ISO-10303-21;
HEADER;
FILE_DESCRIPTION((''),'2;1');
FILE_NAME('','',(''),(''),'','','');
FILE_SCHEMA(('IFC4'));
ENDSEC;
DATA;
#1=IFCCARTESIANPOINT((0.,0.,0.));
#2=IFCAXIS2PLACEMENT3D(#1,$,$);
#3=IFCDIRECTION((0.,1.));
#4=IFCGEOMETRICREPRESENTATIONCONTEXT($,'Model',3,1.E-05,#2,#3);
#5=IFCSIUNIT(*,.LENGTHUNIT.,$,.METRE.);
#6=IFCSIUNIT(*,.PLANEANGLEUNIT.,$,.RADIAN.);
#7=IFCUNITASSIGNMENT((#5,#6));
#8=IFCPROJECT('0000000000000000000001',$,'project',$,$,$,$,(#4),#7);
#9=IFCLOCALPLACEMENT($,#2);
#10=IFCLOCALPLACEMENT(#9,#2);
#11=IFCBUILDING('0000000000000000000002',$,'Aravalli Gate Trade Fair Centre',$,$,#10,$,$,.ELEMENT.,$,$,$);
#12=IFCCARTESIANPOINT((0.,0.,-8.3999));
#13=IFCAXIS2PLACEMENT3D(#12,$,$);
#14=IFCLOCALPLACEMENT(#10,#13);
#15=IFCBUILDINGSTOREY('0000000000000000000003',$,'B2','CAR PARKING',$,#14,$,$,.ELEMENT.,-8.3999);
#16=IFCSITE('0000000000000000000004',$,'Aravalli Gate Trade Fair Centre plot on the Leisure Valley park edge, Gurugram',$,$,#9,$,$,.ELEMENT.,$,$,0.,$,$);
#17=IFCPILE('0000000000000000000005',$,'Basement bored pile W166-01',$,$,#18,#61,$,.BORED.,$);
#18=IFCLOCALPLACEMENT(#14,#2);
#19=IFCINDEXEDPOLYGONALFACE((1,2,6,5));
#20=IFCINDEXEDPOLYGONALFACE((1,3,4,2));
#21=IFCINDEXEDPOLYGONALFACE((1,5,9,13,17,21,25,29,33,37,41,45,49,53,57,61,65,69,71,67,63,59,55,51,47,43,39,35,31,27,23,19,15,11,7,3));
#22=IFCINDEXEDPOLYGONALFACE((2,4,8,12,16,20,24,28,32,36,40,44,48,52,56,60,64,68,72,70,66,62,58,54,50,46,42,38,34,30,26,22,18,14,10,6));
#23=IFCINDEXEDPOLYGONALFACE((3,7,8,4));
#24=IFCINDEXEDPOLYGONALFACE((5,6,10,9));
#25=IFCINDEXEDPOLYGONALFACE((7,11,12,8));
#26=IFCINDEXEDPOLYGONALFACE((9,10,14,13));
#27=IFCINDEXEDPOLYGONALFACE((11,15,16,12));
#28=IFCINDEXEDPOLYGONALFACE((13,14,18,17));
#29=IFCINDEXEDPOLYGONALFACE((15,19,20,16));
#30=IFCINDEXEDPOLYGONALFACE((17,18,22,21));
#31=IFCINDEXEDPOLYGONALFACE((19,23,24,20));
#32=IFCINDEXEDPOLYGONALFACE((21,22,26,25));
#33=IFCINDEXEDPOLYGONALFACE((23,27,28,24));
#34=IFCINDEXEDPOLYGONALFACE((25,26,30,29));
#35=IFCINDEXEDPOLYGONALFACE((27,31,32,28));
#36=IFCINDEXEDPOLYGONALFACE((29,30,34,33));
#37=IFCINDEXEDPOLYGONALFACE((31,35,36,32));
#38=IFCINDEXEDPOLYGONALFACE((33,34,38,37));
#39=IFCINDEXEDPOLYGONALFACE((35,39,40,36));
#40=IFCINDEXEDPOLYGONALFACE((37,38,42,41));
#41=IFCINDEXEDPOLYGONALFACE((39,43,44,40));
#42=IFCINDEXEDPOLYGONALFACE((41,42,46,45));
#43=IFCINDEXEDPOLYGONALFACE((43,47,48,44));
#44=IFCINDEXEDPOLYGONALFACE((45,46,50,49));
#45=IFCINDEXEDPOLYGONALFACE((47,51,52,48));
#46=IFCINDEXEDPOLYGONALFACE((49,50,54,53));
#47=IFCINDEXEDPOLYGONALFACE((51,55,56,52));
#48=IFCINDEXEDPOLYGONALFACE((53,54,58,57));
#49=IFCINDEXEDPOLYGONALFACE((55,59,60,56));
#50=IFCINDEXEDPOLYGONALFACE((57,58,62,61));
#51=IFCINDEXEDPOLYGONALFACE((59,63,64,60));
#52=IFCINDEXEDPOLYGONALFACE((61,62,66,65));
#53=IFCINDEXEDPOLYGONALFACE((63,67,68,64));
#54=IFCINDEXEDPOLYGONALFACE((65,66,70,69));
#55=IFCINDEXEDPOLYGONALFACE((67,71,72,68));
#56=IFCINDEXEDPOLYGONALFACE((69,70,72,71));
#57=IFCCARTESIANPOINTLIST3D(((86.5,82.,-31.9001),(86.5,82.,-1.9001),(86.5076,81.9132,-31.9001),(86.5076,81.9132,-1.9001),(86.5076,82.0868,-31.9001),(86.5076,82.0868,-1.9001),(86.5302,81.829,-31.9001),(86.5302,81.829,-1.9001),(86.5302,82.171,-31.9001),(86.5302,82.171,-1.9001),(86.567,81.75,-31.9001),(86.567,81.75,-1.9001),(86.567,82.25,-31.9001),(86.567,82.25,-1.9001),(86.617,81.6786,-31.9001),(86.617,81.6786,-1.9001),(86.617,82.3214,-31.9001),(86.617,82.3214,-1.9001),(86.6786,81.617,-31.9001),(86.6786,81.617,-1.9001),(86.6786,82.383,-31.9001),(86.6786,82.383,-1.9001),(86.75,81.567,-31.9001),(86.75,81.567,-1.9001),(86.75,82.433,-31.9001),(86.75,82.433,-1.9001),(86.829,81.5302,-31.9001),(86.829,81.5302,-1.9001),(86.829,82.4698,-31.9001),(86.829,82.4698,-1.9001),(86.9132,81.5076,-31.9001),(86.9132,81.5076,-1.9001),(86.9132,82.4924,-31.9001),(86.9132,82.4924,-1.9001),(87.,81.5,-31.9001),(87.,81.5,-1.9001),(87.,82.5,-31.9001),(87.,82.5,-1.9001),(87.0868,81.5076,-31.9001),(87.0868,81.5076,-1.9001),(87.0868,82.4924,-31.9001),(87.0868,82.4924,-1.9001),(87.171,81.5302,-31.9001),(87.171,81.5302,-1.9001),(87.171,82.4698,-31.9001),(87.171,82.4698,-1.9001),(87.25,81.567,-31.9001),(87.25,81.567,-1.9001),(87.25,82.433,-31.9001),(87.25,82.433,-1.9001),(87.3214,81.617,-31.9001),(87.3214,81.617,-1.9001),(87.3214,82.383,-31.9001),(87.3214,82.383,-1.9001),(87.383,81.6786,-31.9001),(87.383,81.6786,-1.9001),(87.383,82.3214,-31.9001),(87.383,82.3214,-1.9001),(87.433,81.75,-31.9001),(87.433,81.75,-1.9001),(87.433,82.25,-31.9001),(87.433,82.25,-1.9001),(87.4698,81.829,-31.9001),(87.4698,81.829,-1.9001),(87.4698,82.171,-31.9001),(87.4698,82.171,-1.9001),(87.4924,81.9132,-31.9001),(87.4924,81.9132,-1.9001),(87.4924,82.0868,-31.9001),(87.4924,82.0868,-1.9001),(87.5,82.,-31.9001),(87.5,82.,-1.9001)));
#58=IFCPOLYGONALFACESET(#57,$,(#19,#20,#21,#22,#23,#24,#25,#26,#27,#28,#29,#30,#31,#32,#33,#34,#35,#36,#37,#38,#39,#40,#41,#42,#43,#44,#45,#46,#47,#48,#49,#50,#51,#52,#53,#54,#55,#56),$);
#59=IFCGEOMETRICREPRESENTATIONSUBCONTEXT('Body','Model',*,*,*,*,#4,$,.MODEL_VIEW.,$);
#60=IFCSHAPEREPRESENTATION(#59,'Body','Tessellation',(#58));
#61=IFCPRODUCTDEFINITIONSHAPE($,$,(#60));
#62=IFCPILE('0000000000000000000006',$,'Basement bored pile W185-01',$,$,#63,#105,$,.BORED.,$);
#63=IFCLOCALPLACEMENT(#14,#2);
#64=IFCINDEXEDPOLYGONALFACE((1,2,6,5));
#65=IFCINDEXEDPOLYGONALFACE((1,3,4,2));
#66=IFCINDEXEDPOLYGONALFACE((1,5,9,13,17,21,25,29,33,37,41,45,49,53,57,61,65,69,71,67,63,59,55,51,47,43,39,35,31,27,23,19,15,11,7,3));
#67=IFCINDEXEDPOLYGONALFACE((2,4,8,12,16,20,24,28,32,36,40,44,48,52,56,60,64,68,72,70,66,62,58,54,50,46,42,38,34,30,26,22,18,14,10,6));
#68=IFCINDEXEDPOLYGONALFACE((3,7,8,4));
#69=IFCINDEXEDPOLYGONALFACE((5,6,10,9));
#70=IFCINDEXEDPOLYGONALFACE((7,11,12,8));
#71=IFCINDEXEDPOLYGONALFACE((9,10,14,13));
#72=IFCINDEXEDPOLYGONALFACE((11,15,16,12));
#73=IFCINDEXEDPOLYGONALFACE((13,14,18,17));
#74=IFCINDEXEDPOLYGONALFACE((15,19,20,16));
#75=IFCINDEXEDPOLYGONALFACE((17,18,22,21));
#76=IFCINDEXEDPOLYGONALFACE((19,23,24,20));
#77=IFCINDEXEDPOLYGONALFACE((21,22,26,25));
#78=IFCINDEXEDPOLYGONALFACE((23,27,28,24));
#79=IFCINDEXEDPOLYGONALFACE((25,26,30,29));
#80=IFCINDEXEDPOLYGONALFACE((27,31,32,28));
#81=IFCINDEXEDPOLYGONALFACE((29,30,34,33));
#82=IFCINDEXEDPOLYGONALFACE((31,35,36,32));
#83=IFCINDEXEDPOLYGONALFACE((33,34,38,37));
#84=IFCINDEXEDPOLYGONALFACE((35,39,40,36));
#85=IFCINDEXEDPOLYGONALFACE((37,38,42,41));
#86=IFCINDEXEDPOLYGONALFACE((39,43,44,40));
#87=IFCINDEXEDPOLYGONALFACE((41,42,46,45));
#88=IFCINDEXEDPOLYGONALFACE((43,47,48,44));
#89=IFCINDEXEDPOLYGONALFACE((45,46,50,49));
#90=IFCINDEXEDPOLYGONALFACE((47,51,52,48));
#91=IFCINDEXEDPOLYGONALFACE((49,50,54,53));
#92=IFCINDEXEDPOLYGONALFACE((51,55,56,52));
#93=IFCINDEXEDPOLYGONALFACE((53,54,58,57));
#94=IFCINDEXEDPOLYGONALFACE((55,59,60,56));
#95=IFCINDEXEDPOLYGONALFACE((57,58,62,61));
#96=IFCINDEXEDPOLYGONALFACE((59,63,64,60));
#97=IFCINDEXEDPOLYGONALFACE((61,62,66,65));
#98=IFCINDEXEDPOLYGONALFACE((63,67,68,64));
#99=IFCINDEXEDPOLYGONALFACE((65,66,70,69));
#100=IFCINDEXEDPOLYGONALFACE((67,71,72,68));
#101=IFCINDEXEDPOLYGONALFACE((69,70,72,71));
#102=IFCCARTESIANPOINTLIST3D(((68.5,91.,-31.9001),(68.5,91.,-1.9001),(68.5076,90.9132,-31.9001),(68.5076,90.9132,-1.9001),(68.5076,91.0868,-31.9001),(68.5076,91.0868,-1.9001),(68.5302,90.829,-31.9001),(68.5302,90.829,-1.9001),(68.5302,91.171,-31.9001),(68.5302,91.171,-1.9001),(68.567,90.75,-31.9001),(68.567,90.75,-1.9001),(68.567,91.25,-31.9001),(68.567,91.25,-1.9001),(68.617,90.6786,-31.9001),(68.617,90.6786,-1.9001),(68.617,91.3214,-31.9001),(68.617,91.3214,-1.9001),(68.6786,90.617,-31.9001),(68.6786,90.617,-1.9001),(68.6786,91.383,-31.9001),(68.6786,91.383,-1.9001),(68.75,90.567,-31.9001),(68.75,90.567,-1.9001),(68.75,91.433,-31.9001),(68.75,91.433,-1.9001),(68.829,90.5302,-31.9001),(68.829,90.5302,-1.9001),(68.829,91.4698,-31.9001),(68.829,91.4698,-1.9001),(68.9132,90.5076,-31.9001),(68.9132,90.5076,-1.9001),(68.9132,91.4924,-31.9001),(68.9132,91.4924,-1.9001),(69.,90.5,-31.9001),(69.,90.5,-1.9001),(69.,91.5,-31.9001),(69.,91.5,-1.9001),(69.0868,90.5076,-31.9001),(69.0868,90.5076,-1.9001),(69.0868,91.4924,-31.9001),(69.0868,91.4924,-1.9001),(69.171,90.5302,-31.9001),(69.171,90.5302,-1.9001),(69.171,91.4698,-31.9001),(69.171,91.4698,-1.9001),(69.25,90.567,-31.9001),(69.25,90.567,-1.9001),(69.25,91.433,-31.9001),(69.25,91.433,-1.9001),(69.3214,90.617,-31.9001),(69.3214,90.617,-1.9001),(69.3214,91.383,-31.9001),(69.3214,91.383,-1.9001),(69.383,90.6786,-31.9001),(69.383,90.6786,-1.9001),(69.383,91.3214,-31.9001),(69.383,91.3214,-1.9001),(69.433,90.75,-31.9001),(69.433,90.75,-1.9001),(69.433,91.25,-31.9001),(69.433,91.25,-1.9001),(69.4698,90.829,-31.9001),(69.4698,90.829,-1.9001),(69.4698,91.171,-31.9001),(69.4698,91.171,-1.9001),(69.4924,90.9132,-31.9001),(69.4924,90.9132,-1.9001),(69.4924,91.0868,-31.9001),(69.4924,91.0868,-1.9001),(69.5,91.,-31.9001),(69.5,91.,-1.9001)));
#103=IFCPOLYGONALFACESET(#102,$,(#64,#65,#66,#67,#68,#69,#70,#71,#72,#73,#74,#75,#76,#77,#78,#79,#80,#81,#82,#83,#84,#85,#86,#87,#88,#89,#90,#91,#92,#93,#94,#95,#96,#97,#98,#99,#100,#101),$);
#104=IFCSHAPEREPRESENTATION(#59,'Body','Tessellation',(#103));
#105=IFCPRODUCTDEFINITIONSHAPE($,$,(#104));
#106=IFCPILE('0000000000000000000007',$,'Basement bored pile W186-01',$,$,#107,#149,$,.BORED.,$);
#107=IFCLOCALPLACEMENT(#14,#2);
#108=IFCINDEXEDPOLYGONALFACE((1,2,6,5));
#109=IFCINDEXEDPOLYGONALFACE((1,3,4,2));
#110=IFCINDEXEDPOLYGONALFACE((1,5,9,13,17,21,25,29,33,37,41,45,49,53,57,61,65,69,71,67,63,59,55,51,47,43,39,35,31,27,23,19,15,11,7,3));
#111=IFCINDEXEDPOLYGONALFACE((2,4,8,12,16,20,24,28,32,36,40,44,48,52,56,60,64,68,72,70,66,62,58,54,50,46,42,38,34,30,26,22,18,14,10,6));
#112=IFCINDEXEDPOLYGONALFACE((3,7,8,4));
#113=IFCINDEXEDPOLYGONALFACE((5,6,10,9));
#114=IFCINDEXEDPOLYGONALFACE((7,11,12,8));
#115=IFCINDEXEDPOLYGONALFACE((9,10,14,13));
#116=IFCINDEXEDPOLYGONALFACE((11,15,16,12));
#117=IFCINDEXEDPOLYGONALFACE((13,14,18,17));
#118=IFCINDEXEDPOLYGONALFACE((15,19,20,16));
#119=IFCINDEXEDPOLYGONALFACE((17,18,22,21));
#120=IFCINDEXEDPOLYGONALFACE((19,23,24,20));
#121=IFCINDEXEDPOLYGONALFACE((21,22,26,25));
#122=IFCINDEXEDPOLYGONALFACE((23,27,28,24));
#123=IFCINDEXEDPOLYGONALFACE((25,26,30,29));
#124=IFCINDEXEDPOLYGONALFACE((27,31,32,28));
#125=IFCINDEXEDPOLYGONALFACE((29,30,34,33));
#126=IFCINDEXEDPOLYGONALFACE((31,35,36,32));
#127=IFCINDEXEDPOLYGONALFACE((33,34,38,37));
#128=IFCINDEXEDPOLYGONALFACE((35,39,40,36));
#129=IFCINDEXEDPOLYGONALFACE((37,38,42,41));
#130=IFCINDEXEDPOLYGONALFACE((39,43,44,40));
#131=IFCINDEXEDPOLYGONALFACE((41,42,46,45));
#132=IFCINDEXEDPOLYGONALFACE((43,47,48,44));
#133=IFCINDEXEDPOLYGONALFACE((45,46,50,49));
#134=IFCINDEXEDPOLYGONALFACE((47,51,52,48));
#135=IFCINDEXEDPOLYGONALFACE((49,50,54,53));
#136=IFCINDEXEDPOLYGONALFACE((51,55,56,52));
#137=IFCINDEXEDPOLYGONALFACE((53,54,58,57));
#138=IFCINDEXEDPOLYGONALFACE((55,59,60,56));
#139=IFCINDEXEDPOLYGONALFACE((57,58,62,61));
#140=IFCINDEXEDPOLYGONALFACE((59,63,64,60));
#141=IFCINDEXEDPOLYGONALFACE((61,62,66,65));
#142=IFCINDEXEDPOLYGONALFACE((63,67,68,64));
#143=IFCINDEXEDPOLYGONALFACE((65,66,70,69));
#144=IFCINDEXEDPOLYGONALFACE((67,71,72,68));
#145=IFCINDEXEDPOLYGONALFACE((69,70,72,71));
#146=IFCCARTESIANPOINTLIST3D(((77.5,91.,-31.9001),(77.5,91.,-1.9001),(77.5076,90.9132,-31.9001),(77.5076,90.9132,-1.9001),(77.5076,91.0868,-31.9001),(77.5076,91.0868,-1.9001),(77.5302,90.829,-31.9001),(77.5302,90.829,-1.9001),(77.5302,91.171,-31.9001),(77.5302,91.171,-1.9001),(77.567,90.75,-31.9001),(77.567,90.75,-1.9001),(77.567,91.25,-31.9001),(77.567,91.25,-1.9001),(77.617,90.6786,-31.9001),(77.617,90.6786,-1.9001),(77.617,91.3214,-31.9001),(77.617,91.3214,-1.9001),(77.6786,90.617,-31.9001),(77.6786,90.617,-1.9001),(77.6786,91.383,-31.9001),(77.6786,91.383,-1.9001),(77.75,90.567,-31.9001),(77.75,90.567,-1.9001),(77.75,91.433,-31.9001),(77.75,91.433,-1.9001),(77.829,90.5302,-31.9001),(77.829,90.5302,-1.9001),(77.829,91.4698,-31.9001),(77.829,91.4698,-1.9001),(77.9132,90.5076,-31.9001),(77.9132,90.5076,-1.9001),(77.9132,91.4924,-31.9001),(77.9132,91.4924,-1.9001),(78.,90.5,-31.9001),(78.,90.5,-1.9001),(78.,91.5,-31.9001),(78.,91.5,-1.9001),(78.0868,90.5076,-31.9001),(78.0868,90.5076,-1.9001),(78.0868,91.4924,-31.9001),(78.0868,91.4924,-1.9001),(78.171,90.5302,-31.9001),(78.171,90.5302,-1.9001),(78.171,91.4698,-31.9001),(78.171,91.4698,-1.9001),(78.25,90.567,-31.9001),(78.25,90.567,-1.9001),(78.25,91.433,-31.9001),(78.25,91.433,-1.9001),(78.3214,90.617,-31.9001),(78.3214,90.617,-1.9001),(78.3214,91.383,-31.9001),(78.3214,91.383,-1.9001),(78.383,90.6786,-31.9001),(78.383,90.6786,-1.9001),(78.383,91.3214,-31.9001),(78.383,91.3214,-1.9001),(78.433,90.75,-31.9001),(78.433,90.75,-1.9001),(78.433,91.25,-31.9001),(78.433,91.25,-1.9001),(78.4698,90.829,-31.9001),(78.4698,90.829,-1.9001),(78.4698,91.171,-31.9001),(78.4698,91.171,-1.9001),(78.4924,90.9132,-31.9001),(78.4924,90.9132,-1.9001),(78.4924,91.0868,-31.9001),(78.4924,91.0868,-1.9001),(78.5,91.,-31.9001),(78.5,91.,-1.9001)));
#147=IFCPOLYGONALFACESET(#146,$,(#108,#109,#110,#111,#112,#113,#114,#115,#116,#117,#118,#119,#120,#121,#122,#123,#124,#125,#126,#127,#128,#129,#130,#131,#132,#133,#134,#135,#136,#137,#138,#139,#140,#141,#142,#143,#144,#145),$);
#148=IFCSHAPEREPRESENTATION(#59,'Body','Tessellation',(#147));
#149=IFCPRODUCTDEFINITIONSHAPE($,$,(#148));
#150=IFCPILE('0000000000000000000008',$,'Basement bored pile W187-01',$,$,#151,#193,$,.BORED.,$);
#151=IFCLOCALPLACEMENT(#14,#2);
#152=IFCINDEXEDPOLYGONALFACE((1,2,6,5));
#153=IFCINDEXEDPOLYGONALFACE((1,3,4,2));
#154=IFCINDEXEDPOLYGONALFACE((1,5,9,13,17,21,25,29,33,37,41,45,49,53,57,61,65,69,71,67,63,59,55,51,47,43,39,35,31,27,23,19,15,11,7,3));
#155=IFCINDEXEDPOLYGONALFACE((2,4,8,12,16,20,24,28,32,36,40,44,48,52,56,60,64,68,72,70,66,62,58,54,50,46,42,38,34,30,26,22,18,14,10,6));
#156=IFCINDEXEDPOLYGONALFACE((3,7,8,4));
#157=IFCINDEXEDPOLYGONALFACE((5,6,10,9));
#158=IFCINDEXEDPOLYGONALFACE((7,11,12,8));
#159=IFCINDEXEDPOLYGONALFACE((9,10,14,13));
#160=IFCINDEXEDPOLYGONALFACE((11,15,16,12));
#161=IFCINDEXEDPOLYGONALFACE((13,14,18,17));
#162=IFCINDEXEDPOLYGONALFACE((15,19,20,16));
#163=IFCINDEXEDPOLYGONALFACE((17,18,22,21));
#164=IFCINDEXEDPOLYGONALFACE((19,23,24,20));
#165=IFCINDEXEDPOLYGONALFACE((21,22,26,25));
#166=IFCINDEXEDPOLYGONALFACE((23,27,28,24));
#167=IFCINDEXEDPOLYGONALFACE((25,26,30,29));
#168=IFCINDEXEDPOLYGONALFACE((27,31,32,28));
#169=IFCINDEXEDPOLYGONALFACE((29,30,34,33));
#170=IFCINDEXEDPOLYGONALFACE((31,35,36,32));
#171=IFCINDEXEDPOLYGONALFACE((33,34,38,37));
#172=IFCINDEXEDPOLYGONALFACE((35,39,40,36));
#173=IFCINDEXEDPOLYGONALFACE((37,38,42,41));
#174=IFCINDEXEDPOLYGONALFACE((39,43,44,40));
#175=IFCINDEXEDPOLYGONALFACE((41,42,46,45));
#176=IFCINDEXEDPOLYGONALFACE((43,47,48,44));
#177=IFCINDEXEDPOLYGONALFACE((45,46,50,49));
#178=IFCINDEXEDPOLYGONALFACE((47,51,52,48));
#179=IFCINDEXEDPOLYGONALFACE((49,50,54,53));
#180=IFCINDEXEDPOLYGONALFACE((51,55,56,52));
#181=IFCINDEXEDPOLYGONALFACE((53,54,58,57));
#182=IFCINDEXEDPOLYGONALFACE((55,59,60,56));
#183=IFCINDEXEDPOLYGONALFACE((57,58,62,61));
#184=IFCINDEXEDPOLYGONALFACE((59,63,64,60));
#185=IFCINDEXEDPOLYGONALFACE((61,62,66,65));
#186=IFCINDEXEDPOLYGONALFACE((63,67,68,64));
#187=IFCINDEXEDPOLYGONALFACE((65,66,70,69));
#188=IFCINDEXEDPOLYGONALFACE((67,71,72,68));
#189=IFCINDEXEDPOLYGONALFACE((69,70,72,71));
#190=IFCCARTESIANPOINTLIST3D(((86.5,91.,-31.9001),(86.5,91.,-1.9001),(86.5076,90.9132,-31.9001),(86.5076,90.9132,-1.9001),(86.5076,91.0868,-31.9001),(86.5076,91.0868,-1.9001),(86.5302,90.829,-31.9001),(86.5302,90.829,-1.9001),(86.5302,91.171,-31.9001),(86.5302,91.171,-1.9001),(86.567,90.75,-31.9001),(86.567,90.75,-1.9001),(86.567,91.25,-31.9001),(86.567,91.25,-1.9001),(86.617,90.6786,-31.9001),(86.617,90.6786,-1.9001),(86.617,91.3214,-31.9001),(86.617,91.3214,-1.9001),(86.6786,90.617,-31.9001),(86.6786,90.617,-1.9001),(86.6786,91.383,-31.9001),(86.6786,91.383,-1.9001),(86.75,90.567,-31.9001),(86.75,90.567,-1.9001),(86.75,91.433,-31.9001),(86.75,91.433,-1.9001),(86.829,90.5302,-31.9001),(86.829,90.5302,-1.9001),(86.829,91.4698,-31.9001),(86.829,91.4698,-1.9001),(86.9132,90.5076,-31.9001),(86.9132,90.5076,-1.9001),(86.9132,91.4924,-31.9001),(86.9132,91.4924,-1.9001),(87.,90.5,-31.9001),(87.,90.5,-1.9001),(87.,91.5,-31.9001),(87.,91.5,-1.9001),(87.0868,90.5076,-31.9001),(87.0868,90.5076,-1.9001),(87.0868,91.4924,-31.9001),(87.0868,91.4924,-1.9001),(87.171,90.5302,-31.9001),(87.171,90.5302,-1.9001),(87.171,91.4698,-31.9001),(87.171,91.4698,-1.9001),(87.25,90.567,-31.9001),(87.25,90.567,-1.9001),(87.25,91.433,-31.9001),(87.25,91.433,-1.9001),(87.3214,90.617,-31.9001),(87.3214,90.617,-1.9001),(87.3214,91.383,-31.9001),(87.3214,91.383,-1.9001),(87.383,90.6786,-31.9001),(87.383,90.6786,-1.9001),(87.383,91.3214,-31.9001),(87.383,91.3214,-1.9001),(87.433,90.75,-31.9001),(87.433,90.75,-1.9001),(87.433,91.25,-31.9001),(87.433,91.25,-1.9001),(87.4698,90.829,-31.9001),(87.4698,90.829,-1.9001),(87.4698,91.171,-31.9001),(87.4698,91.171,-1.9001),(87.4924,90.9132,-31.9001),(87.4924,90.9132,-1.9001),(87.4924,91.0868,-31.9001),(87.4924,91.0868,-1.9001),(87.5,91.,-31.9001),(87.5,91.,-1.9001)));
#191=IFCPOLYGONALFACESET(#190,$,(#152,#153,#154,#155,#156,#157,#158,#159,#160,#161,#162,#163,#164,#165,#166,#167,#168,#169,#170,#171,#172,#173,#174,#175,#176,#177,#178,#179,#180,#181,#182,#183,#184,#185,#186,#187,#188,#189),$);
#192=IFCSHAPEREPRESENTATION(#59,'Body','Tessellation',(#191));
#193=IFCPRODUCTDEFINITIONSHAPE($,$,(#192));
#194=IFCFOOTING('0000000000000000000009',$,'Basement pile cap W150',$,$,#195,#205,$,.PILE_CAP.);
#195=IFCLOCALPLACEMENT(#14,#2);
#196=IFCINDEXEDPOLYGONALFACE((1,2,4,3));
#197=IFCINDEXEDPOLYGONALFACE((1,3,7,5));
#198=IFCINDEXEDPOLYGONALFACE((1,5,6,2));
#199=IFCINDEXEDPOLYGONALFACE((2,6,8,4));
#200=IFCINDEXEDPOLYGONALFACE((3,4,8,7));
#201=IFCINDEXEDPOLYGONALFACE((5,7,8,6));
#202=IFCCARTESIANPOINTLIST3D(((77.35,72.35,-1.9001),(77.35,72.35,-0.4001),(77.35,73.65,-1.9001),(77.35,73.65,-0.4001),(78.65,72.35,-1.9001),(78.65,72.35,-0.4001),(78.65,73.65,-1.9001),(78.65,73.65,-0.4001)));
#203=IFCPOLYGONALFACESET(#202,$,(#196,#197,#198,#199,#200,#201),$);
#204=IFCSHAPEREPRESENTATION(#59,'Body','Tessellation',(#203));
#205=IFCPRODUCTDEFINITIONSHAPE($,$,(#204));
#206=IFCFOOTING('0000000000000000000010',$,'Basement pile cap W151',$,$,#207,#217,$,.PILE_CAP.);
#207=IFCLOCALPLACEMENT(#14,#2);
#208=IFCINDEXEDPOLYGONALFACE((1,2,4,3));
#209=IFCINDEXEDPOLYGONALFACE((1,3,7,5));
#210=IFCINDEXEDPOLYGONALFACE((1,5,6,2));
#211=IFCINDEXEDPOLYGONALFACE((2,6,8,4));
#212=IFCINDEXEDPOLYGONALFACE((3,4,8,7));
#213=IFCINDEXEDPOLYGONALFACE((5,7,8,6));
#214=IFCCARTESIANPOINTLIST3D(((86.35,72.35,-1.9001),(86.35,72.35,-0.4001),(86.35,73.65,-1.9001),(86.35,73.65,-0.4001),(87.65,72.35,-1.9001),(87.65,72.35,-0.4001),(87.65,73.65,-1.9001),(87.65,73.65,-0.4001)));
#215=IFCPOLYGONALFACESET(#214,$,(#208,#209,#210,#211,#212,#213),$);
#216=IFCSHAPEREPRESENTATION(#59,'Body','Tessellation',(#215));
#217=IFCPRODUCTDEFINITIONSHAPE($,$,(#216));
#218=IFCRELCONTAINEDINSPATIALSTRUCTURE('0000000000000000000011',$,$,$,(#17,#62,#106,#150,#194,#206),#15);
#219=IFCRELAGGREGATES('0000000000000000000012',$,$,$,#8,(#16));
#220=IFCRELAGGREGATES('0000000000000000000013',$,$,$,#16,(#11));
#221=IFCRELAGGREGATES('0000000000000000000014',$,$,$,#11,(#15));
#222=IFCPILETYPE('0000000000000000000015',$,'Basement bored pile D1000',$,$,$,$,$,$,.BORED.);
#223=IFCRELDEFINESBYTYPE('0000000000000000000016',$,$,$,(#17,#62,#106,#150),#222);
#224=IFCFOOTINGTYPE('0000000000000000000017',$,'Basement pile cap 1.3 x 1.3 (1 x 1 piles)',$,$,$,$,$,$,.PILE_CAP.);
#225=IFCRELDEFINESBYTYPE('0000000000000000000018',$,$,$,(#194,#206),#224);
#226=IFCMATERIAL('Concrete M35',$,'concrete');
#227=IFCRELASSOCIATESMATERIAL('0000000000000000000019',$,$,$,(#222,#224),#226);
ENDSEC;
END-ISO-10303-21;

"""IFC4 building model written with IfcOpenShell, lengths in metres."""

from ifc_helpers import new_model, si_unit, direction, frame, origin, origin_2d, place, context, subcontext, project, spatial, rectangle, circle, extrude, material, material_profile, profile_set, type_object, element, save


model = new_model("IFC4")

# Units and contexts
model_context = context("Model", 3, precision=1e-05, world=origin(), true_north=direction((0.0, 1.0)))
body_context = subcontext(model_context, "Body", "Model", "MODEL_VIEW")
ifc_project = project(units=[si_unit("LENGTHUNIT", "METRE"), si_unit("PLANEANGLEUNIT", "RADIAN")], contexts=[model_context])

# Site, building, storey
site_placement = place(None, origin())
site = spatial("IfcSite", under=ifc_project, at=site_placement, Name="Aravalli Gate Trade Fair Centre plot on the Leisure Valley park edge, Gurugram", CompositionType="ELEMENT", RefElevation=0.0)
building_placement = place(site_placement, origin())
building = spatial("IfcBuilding", under=site, at=building_placement, Name="Aravalli Gate Trade Fair Centre", CompositionType="ELEMENT")
storey_placement = place(building_placement, frame((0.0, 0.0, -8.3999)))
storey = spatial("IfcBuildingStorey", under=building, at=storey_placement, Name="B2", Description="CAR PARKING", CompositionType="ELEMENT", Elevation=-8.3999)

# Piles
ifc_material_1 = material(Name="Concrete M35", Category="concrete")
ifc_material_profile_1 = material_profile(ifc_material_1, circle(Radius=0.5, at=origin_2d()), Name="D1000")
ifc_profile_set_1 = profile_set([ifc_material_profile_1], Name="Concrete M35")
pile_type = type_object("IfcPileType", Name="Basement bored pile D1000", PredefinedType="BORED", material=ifc_profile_set_1)
for number, where, z_axis, x_axis, name in (
    (1, (87.0, 82.0, -1.9001), (0.0, 0.0, -1.0), (1.0, 0.0, 0.0), "Basement bored pile W166-01"),
    (2, (69.0, 91.0, -1.9001), (0.0, 0.0, -1.0), (1.0, 0.0, 0.0), "Basement bored pile W185-01"),
    (3, (78.0, 91.0, -1.9001), (0.0, 0.0, -1.0), (1.0, 0.0, 0.0), "Basement bored pile W186-01"),
    (4, (87.0, 91.0, -1.9001), (0.0, 0.0, -1.0), (1.0, 0.0, 0.0), "Basement bored pile W187-01"),
):
    element("IfcPile", number, at=place(storey_placement, frame(where, z_axis=z_axis, x_axis=x_axis)), inside=storey, type_object=pile_type, Name=name, PredefinedType="BORED", context=body_context, shape_type="SweptSolid", body=[
        extrude(circle(Radius=0.5, at=origin_2d()), origin(), (0.0, 0.0, 1.0), 30.0),
    ])

# Footings
footing_type = type_object("IfcFootingType", Name="Basement pile cap 1.3 x 1.3 (1 x 1 piles)", PredefinedType="PILE_CAP", material=ifc_material_1)
for number, where, z_axis, x_axis, name in (
    (5, (78.0, 73.0, -1.9001), (0.0, 0.0, 1.0), (1.0, 0.0, 0.0), "Basement pile cap W150"),
    (6, (87.0, 73.0, -1.9001), (0.0, 0.0, 1.0), (1.0, 0.0, 0.0), "Basement pile cap W151"),
):
    element("IfcFooting", number, at=place(storey_placement, frame(where, z_axis=z_axis, x_axis=x_axis)), inside=storey, type_object=footing_type, Name=name, PredefinedType="PILE_CAP", context=body_context, shape_type="SweptSolid", body=[
        extrude(rectangle(XDim=1.3, YDim=1.3, at=origin_2d()), origin(), (0.0, 0.0, 1.0), 1.5),
    ])

save(model, "model.ifc")
